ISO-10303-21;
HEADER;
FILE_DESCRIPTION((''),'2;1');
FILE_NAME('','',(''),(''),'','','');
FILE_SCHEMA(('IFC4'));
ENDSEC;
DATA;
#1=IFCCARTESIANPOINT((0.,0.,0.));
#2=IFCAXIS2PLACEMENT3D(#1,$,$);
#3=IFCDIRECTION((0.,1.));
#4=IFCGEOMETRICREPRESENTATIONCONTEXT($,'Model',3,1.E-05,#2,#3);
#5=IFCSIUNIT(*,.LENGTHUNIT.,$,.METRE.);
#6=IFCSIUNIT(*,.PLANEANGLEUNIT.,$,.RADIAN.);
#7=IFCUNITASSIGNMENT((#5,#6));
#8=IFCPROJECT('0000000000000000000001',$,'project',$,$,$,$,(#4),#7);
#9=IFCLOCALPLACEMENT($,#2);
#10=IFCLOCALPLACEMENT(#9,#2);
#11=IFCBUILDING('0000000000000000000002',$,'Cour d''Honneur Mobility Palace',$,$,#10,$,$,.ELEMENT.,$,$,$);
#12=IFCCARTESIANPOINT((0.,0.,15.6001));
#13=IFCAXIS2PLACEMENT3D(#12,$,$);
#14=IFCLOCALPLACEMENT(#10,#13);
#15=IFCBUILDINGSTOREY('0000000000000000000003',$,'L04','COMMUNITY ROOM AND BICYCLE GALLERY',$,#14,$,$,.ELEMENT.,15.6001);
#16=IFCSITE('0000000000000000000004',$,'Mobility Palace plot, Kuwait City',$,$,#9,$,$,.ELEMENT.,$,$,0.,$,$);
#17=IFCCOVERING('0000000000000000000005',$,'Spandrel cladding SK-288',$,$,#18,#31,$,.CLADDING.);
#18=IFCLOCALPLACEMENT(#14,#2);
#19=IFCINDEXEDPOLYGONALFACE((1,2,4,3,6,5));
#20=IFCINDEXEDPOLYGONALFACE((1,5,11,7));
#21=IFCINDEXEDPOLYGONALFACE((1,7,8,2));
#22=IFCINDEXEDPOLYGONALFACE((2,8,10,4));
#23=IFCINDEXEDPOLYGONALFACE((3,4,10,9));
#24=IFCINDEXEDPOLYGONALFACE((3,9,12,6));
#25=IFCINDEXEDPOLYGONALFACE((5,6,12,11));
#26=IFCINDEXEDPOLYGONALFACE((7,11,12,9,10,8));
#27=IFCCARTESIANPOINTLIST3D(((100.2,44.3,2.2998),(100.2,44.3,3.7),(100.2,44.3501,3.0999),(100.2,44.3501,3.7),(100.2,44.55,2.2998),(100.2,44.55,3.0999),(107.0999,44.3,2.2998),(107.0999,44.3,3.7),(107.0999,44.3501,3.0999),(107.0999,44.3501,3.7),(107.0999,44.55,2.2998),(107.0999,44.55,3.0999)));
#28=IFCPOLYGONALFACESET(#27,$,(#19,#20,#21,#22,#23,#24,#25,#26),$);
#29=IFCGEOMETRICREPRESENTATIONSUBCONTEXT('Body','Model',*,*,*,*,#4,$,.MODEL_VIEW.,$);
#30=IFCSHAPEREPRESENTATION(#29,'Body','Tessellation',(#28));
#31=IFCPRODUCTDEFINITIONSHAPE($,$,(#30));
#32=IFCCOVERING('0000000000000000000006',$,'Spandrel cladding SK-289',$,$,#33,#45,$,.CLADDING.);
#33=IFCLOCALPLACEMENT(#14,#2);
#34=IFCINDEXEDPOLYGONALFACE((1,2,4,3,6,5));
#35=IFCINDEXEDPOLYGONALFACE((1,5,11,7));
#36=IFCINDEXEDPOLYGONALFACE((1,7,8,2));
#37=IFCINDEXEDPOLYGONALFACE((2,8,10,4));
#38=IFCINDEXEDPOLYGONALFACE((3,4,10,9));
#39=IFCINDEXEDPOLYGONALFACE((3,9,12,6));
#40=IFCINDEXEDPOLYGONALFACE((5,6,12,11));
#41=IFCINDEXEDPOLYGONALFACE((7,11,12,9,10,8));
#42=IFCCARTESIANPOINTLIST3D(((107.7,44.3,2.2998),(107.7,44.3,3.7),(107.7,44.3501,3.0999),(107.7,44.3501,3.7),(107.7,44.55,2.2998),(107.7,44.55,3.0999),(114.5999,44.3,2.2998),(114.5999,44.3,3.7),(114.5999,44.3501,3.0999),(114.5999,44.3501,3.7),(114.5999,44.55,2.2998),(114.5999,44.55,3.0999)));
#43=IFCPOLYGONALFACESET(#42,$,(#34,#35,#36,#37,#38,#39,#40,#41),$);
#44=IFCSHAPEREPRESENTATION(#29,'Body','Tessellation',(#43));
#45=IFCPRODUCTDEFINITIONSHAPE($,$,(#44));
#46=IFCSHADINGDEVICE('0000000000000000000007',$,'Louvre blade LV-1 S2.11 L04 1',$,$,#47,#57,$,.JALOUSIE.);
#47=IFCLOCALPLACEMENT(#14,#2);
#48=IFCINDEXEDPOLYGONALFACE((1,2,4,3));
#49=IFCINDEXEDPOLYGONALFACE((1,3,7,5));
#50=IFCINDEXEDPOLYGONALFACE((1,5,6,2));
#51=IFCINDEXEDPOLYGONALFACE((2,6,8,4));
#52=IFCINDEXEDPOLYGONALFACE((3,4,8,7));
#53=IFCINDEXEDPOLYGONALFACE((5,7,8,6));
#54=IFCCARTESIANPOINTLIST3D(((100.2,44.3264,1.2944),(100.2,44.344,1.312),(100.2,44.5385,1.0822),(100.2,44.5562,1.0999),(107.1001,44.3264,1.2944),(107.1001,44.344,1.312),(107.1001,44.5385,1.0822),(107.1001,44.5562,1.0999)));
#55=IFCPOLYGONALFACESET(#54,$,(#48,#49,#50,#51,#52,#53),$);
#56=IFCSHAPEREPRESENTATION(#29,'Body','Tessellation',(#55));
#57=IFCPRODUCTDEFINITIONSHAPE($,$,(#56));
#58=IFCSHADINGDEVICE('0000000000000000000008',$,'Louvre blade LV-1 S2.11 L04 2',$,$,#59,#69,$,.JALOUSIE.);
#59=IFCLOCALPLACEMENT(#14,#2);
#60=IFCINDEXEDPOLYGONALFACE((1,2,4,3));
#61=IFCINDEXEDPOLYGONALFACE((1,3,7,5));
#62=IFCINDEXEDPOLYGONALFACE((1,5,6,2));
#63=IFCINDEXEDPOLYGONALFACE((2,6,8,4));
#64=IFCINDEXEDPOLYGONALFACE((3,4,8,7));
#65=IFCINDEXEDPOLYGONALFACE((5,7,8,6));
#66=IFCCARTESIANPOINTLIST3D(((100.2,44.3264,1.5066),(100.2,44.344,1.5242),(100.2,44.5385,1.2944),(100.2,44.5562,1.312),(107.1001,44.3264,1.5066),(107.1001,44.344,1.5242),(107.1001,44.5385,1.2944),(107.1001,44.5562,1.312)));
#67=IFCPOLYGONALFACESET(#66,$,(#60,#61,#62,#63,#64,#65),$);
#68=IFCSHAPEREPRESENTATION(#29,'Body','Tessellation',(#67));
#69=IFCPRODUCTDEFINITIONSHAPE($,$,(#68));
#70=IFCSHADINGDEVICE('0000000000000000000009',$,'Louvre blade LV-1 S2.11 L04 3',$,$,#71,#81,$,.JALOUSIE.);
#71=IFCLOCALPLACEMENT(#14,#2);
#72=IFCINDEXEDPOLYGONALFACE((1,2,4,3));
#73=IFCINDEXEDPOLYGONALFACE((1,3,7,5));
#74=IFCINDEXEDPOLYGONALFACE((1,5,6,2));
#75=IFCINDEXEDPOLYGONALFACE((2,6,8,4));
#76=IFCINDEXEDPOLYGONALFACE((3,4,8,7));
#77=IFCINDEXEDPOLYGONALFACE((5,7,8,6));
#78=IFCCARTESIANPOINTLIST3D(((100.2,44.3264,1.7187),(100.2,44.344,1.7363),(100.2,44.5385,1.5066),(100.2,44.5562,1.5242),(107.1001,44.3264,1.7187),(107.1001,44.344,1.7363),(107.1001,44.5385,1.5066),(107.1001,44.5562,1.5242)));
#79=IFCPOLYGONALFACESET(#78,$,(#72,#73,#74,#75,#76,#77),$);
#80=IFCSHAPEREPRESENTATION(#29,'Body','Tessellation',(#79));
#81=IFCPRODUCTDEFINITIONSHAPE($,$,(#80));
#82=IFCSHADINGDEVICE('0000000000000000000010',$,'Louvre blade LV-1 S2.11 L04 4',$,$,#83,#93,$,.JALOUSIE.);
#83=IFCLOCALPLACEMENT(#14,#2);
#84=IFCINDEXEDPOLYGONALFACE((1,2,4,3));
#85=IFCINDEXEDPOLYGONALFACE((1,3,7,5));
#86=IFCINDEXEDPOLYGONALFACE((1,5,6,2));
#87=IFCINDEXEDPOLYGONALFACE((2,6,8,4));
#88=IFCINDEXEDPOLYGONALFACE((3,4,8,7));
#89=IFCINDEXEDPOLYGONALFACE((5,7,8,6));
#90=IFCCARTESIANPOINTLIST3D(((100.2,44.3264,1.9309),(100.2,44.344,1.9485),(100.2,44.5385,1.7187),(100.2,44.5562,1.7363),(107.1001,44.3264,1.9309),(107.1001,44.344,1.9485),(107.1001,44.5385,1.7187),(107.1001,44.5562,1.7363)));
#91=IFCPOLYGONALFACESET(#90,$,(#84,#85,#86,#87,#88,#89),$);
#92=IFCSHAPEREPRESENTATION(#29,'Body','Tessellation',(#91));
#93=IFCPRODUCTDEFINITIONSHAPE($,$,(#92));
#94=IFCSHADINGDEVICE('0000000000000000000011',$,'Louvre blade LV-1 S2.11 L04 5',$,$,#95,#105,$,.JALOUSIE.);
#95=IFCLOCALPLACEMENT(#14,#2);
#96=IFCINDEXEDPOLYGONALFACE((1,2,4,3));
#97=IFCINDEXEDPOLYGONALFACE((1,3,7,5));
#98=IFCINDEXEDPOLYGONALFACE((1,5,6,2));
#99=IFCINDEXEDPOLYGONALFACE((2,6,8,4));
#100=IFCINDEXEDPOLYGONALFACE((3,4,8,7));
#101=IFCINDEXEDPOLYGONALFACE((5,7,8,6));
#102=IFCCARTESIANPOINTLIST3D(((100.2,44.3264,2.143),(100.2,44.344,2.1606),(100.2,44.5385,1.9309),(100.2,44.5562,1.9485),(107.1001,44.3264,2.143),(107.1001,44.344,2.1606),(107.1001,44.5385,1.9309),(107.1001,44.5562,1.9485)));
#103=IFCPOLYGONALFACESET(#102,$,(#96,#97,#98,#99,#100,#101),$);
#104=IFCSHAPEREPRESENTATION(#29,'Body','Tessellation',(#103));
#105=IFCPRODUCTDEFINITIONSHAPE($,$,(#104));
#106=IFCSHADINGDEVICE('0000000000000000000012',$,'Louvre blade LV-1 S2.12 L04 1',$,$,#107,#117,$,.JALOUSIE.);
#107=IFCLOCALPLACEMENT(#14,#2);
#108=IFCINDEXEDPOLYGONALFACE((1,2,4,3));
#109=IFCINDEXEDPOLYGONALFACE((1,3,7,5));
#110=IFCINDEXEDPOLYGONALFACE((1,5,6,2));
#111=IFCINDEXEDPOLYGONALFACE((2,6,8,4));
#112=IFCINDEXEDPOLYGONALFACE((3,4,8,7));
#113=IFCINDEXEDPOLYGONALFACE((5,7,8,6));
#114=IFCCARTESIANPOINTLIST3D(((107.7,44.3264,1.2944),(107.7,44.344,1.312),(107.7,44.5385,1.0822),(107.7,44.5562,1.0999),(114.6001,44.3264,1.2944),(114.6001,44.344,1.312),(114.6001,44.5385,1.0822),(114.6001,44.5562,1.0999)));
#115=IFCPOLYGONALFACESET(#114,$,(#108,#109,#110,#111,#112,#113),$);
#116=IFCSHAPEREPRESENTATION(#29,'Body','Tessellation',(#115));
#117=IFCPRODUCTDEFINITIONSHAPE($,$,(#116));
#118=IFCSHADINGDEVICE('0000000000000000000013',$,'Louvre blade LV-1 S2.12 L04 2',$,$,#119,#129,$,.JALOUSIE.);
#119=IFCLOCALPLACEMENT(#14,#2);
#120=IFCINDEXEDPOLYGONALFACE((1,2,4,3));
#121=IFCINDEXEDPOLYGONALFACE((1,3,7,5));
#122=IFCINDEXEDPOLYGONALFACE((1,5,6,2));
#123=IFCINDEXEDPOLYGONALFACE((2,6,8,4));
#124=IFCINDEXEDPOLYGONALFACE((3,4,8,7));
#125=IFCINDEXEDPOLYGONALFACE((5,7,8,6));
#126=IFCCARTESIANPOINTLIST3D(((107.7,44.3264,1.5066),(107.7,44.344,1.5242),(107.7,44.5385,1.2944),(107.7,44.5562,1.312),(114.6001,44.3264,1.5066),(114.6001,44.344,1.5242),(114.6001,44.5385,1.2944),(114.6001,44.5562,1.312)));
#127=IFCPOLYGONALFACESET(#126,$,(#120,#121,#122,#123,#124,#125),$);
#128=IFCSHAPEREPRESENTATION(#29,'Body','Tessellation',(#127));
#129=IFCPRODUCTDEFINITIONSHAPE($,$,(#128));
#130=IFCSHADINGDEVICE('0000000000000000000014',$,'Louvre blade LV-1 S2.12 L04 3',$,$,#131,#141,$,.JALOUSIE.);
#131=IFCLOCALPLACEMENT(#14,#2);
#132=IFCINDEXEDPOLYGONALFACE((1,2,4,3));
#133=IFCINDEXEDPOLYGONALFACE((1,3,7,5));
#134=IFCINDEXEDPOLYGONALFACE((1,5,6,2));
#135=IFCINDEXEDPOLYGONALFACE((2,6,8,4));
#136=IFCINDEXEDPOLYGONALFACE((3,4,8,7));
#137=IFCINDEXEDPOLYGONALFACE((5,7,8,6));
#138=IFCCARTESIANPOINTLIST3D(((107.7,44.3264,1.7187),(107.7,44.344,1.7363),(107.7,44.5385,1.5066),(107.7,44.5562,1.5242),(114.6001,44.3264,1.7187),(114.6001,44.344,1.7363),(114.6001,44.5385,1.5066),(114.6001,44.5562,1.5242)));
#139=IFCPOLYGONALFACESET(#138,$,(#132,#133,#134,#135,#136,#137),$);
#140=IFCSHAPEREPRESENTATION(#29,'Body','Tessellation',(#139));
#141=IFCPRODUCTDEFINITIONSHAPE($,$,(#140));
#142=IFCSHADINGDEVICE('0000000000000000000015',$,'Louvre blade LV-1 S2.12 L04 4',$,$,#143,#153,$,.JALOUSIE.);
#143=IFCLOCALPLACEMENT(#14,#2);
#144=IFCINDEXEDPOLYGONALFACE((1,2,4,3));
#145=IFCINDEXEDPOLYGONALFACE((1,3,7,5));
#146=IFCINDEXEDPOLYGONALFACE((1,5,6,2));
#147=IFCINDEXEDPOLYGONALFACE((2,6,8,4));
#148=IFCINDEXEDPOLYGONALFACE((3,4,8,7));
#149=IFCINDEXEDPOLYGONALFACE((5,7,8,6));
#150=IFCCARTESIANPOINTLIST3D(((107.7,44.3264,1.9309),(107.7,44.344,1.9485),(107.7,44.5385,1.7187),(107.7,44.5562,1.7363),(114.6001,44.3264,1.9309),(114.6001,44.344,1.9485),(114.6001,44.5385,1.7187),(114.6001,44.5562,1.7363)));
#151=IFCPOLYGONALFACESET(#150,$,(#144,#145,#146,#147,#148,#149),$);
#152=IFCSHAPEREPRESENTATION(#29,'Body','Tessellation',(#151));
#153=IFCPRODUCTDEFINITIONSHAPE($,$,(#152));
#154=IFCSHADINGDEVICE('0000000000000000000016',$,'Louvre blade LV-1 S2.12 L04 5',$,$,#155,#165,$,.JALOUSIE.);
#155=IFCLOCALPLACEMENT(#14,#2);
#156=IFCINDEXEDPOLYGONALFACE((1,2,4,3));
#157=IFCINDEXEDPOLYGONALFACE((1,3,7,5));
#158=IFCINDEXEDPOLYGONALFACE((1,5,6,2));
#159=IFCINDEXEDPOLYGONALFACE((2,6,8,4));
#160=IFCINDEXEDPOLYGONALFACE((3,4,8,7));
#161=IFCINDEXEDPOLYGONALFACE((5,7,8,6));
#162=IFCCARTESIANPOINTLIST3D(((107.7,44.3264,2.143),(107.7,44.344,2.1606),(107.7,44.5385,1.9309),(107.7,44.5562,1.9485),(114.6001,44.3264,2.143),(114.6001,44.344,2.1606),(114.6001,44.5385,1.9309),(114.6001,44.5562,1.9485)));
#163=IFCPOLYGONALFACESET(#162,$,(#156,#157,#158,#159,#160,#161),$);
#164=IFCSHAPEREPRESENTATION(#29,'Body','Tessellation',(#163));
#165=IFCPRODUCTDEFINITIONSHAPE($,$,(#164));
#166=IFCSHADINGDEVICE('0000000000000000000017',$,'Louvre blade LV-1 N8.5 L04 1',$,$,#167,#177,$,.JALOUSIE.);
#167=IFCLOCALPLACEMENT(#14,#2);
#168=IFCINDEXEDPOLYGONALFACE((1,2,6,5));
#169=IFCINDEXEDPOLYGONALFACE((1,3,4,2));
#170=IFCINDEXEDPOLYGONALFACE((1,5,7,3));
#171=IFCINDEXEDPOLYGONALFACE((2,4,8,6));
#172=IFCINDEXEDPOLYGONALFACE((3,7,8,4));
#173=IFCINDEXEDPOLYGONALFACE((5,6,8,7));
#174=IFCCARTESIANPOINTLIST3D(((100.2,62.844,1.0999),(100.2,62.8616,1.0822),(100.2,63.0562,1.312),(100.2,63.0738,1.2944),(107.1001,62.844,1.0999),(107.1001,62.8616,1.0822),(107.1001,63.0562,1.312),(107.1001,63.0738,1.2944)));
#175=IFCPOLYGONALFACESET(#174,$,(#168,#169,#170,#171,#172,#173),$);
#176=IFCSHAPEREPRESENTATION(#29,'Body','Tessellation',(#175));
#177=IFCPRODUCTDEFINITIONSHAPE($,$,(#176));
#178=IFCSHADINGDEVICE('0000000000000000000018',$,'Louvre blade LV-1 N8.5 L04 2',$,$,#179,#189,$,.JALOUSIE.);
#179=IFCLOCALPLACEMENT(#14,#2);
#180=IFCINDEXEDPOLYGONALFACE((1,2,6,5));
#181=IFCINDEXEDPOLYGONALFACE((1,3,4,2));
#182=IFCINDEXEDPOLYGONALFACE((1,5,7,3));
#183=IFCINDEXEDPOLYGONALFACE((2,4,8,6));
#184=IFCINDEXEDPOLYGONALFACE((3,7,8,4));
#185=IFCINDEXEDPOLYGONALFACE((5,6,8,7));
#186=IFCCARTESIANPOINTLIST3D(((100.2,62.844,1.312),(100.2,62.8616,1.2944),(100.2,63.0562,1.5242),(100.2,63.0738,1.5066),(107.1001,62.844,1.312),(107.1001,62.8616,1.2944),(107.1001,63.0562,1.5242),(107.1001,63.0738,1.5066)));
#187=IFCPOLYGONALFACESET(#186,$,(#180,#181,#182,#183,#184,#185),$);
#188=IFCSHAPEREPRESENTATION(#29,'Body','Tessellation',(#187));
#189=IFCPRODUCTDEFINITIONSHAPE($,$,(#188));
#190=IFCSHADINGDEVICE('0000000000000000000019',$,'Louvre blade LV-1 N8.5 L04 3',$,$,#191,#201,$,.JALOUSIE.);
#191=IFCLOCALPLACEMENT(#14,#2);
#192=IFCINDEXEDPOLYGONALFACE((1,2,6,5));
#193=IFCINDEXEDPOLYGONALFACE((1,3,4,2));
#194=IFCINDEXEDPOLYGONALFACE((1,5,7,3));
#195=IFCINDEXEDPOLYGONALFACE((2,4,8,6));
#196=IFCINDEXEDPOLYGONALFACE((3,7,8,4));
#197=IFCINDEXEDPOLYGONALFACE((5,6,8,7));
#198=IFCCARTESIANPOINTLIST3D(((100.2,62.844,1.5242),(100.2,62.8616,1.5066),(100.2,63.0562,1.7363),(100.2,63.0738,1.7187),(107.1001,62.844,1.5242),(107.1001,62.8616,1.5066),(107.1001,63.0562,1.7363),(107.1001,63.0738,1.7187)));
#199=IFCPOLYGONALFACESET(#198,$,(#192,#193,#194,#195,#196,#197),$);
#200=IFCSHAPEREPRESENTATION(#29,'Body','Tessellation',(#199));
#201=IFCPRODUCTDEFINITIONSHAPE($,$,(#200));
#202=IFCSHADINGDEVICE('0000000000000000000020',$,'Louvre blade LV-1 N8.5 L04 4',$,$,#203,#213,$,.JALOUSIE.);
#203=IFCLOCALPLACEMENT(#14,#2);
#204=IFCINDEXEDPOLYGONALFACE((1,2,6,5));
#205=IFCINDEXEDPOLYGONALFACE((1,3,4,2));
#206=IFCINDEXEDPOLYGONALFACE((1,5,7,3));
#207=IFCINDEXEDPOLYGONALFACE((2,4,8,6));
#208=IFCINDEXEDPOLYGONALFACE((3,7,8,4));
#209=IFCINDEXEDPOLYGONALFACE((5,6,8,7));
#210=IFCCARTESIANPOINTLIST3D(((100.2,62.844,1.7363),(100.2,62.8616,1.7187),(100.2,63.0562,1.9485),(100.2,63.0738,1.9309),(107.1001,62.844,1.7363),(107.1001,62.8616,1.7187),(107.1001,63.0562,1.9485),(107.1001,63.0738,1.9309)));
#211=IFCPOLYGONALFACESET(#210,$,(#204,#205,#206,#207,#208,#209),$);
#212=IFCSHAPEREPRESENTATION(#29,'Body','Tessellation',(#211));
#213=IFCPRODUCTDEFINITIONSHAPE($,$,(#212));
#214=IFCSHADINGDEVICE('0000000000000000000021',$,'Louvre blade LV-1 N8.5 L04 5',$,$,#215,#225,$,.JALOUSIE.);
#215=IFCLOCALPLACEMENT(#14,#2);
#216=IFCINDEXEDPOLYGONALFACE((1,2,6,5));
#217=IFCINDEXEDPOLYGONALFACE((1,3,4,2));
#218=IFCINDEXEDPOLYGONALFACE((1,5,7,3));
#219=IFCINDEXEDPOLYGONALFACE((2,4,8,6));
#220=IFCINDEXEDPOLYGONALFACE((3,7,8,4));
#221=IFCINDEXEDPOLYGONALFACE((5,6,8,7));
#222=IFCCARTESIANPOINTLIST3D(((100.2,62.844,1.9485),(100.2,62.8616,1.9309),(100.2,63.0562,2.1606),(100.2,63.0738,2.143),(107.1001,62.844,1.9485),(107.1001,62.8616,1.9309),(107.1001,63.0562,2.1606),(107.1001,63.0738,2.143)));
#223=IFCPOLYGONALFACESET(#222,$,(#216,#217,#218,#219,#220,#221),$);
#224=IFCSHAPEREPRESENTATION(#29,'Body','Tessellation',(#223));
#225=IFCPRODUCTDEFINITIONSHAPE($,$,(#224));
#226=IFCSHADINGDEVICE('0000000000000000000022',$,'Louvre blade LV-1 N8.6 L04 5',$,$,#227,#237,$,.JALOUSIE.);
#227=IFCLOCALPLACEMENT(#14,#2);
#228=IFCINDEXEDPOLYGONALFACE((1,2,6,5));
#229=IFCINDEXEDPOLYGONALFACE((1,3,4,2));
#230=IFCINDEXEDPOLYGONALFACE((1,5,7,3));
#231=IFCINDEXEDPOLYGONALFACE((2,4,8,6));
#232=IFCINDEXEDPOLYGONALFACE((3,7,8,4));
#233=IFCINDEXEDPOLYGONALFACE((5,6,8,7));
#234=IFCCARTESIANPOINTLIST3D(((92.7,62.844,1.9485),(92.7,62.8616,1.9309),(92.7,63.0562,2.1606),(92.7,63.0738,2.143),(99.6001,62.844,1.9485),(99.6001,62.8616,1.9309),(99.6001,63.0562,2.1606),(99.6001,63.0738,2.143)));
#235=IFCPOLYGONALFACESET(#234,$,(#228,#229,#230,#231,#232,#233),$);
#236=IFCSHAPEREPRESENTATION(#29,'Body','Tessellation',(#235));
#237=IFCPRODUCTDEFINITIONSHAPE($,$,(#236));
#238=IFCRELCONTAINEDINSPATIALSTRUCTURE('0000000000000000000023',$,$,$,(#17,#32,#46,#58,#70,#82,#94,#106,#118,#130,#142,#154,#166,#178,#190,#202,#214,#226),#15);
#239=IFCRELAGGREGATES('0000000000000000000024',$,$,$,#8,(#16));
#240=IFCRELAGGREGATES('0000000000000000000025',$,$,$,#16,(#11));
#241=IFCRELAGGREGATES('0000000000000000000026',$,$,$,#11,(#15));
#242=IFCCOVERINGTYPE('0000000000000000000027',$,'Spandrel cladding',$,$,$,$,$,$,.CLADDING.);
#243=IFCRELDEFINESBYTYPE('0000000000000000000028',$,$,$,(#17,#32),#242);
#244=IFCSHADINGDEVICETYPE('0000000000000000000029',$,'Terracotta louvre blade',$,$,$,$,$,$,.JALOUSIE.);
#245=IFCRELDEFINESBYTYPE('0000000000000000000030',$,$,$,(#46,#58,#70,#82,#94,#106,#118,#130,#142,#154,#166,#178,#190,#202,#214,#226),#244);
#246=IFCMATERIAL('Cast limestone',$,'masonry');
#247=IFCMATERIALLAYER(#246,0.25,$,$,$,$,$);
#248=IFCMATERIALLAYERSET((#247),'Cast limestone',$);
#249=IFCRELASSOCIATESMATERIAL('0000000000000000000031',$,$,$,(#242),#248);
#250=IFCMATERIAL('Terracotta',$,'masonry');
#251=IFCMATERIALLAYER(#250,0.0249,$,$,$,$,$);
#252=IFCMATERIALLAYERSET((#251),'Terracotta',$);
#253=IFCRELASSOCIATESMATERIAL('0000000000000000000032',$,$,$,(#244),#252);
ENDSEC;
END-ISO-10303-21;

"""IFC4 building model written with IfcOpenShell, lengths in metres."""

from ifc_helpers import new_model, si_unit, direction, frame, origin, place, context, subcontext, project, spatial, polyline, outline, extrude, material, layer, layer_set, type_object, element, save


model = new_model("IFC4")

# Units and contexts
model_context = context("Model", 3, precision=1e-05, world=origin(), true_north=direction((0.0, 1.0)))
body_context = subcontext(model_context, "Body", "Model", "MODEL_VIEW")
ifc_project = project(units=[si_unit("LENGTHUNIT", "METRE"), si_unit("PLANEANGLEUNIT", "RADIAN")], contexts=[model_context])

# Site, building, storey
site_placement = place(None, origin())
site = spatial("IfcSite", under=ifc_project, at=site_placement, Name="Mobility Palace plot, Kuwait City", CompositionType="ELEMENT", RefElevation=0.0)
building_placement = place(site_placement, origin())
building = spatial("IfcBuilding", under=site, at=building_placement, Name="Cour d'Honneur Mobility Palace", CompositionType="ELEMENT")
storey_placement = place(building_placement, frame((0.0, 0.0, 15.6001)))
storey = spatial("IfcBuildingStorey", under=building, at=storey_placement, Name="L04", Description="COMMUNITY ROOM AND BICYCLE GALLERY", CompositionType="ELEMENT", Elevation=15.6001)

# Coverings
ifc_material_1 = material(Name="Cast limestone", Category="masonry")
ifc_layer_1 = layer(ifc_material_1, 0.25)
ifc_layer_set_1 = layer_set([ifc_layer_1], Name="Cast limestone")
covering_type_1 = type_object("IfcCoveringType", Name="Spandrel cladding", PredefinedType="CLADDING", material=ifc_layer_set_1)
for number, where, z_axis, x_axis, name in (
    (1, (100.2, 44.55, 2.2998), (-1.0, 0.0, 0.0), (0.0, -1.0, 0.0), "Spandrel cladding SK-288"),
    (2, (107.7, 44.55, 2.2998), (-1.0, 0.0, 0.0), (0.0, -1.0, 0.0), "Spandrel cladding SK-289"),
):
    element("IfcCovering", number, at=place(storey_placement, frame(where, z_axis=z_axis, x_axis=x_axis)), inside=storey, type_object=covering_type_1, Name=name, PredefinedType="CLADDING", context=body_context, shape_type="SweptSolid", body=[
        extrude(outline(polyline([(0.0, 0.0), (0.25, 0.0), (0.25, 1.4001), (0.2, 1.4001), (0.2, 0.8), (0.0, 0.8), (0.0, 0.0)])), origin(), (0.0, 0.0, -1.0), 6.8999),
    ])

# Shading devices
ifc_material_2 = material(Name="Terracotta", Category="masonry")
ifc_layer_2 = layer(ifc_material_2, 0.0249)
ifc_layer_set_2 = layer_set([ifc_layer_2], Name="Terracotta")
shading_device_type = type_object("IfcShadingDeviceType", Name="Terracotta louvre blade", PredefinedType="JALOUSIE", material=ifc_layer_set_2)
for number, where, z_axis, x_axis, name in (
    (3, (100.2, 44.5562, 1.0999), (0.0, 0.707107, 0.707107), (1.0, 0.0, 0.0), "Louvre blade LV-1 S2.11 L04 1"),
    (4, (100.2, 44.5562, 1.312), (0.0, 0.707107, 0.707107), (1.0, 0.0, 0.0), "Louvre blade LV-1 S2.11 L04 2"),
    (5, (100.2, 44.5562, 1.5242), (0.0, 0.707107, 0.707107), (1.0, 0.0, 0.0), "Louvre blade LV-1 S2.11 L04 3"),
    (6, (100.2, 44.5562, 1.7363), (0.0, 0.707107, 0.707107), (1.0, 0.0, 0.0), "Louvre blade LV-1 S2.11 L04 4"),
    (7, (100.2, 44.5562, 1.9485), (0.0, 0.707107, 0.707107), (1.0, 0.0, 0.0), "Louvre blade LV-1 S2.11 L04 5"),
    (8, (107.7, 44.5562, 1.0999), (0.0, 0.707107, 0.707107), (1.0, 0.0, 0.0), "Louvre blade LV-1 S2.12 L04 1"),
    (9, (107.7, 44.5562, 1.312), (0.0, 0.707107, 0.707107), (1.0, 0.0, 0.0), "Louvre blade LV-1 S2.12 L04 2"),
    (10, (107.7, 44.5562, 1.5242), (0.0, 0.707107, 0.707107), (1.0, 0.0, 0.0), "Louvre blade LV-1 S2.12 L04 3"),
    (11, (107.7, 44.5562, 1.7363), (0.0, 0.707107, 0.707107), (1.0, 0.0, 0.0), "Louvre blade LV-1 S2.12 L04 4"),
    (12, (107.7, 44.5562, 1.9485), (0.0, 0.707107, 0.707107), (1.0, 0.0, 0.0), "Louvre blade LV-1 S2.12 L04 5"),
    (13, (107.1001, 62.844, 1.0999), (0.0, -0.707107, 0.707107), (-1.0, 0.0, 0.0), "Louvre blade LV-1 N8.5 L04 1"),
    (14, (107.1001, 62.844, 1.312), (0.0, -0.707107, 0.707107), (-1.0, 0.0, 0.0), "Louvre blade LV-1 N8.5 L04 2"),
    (15, (107.1001, 62.844, 1.5242), (0.0, -0.707107, 0.707107), (-1.0, 0.0, 0.0), "Louvre blade LV-1 N8.5 L04 3"),
    (16, (107.1001, 62.844, 1.7363), (0.0, -0.707107, 0.707107), (-1.0, 0.0, 0.0), "Louvre blade LV-1 N8.5 L04 4"),
    (17, (107.1001, 62.844, 1.9485), (0.0, -0.707107, 0.707107), (-1.0, 0.0, 0.0), "Louvre blade LV-1 N8.5 L04 5"),
    (18, (99.6001, 62.844, 1.9485), (0.0, -0.707107, 0.707107), (-1.0, 0.0, 0.0), "Louvre blade LV-1 N8.6 L04 5"),
):
    element("IfcShadingDevice", number, at=place(storey_placement, frame(where, z_axis=z_axis, x_axis=x_axis)), inside=storey, type_object=shading_device_type, Name=name, PredefinedType="JALOUSIE", context=body_context, shape_type="SweptSolid", body=[
        extrude(outline(polyline([(0.0, 0.0), (6.9001, 0.0), (6.9001, -0.3), (0.0, -0.3), (0.0, 0.0)])), origin(), (0.0, 0.0, -1.0), 0.0249),
    ])

save(model, "model.ifc")
